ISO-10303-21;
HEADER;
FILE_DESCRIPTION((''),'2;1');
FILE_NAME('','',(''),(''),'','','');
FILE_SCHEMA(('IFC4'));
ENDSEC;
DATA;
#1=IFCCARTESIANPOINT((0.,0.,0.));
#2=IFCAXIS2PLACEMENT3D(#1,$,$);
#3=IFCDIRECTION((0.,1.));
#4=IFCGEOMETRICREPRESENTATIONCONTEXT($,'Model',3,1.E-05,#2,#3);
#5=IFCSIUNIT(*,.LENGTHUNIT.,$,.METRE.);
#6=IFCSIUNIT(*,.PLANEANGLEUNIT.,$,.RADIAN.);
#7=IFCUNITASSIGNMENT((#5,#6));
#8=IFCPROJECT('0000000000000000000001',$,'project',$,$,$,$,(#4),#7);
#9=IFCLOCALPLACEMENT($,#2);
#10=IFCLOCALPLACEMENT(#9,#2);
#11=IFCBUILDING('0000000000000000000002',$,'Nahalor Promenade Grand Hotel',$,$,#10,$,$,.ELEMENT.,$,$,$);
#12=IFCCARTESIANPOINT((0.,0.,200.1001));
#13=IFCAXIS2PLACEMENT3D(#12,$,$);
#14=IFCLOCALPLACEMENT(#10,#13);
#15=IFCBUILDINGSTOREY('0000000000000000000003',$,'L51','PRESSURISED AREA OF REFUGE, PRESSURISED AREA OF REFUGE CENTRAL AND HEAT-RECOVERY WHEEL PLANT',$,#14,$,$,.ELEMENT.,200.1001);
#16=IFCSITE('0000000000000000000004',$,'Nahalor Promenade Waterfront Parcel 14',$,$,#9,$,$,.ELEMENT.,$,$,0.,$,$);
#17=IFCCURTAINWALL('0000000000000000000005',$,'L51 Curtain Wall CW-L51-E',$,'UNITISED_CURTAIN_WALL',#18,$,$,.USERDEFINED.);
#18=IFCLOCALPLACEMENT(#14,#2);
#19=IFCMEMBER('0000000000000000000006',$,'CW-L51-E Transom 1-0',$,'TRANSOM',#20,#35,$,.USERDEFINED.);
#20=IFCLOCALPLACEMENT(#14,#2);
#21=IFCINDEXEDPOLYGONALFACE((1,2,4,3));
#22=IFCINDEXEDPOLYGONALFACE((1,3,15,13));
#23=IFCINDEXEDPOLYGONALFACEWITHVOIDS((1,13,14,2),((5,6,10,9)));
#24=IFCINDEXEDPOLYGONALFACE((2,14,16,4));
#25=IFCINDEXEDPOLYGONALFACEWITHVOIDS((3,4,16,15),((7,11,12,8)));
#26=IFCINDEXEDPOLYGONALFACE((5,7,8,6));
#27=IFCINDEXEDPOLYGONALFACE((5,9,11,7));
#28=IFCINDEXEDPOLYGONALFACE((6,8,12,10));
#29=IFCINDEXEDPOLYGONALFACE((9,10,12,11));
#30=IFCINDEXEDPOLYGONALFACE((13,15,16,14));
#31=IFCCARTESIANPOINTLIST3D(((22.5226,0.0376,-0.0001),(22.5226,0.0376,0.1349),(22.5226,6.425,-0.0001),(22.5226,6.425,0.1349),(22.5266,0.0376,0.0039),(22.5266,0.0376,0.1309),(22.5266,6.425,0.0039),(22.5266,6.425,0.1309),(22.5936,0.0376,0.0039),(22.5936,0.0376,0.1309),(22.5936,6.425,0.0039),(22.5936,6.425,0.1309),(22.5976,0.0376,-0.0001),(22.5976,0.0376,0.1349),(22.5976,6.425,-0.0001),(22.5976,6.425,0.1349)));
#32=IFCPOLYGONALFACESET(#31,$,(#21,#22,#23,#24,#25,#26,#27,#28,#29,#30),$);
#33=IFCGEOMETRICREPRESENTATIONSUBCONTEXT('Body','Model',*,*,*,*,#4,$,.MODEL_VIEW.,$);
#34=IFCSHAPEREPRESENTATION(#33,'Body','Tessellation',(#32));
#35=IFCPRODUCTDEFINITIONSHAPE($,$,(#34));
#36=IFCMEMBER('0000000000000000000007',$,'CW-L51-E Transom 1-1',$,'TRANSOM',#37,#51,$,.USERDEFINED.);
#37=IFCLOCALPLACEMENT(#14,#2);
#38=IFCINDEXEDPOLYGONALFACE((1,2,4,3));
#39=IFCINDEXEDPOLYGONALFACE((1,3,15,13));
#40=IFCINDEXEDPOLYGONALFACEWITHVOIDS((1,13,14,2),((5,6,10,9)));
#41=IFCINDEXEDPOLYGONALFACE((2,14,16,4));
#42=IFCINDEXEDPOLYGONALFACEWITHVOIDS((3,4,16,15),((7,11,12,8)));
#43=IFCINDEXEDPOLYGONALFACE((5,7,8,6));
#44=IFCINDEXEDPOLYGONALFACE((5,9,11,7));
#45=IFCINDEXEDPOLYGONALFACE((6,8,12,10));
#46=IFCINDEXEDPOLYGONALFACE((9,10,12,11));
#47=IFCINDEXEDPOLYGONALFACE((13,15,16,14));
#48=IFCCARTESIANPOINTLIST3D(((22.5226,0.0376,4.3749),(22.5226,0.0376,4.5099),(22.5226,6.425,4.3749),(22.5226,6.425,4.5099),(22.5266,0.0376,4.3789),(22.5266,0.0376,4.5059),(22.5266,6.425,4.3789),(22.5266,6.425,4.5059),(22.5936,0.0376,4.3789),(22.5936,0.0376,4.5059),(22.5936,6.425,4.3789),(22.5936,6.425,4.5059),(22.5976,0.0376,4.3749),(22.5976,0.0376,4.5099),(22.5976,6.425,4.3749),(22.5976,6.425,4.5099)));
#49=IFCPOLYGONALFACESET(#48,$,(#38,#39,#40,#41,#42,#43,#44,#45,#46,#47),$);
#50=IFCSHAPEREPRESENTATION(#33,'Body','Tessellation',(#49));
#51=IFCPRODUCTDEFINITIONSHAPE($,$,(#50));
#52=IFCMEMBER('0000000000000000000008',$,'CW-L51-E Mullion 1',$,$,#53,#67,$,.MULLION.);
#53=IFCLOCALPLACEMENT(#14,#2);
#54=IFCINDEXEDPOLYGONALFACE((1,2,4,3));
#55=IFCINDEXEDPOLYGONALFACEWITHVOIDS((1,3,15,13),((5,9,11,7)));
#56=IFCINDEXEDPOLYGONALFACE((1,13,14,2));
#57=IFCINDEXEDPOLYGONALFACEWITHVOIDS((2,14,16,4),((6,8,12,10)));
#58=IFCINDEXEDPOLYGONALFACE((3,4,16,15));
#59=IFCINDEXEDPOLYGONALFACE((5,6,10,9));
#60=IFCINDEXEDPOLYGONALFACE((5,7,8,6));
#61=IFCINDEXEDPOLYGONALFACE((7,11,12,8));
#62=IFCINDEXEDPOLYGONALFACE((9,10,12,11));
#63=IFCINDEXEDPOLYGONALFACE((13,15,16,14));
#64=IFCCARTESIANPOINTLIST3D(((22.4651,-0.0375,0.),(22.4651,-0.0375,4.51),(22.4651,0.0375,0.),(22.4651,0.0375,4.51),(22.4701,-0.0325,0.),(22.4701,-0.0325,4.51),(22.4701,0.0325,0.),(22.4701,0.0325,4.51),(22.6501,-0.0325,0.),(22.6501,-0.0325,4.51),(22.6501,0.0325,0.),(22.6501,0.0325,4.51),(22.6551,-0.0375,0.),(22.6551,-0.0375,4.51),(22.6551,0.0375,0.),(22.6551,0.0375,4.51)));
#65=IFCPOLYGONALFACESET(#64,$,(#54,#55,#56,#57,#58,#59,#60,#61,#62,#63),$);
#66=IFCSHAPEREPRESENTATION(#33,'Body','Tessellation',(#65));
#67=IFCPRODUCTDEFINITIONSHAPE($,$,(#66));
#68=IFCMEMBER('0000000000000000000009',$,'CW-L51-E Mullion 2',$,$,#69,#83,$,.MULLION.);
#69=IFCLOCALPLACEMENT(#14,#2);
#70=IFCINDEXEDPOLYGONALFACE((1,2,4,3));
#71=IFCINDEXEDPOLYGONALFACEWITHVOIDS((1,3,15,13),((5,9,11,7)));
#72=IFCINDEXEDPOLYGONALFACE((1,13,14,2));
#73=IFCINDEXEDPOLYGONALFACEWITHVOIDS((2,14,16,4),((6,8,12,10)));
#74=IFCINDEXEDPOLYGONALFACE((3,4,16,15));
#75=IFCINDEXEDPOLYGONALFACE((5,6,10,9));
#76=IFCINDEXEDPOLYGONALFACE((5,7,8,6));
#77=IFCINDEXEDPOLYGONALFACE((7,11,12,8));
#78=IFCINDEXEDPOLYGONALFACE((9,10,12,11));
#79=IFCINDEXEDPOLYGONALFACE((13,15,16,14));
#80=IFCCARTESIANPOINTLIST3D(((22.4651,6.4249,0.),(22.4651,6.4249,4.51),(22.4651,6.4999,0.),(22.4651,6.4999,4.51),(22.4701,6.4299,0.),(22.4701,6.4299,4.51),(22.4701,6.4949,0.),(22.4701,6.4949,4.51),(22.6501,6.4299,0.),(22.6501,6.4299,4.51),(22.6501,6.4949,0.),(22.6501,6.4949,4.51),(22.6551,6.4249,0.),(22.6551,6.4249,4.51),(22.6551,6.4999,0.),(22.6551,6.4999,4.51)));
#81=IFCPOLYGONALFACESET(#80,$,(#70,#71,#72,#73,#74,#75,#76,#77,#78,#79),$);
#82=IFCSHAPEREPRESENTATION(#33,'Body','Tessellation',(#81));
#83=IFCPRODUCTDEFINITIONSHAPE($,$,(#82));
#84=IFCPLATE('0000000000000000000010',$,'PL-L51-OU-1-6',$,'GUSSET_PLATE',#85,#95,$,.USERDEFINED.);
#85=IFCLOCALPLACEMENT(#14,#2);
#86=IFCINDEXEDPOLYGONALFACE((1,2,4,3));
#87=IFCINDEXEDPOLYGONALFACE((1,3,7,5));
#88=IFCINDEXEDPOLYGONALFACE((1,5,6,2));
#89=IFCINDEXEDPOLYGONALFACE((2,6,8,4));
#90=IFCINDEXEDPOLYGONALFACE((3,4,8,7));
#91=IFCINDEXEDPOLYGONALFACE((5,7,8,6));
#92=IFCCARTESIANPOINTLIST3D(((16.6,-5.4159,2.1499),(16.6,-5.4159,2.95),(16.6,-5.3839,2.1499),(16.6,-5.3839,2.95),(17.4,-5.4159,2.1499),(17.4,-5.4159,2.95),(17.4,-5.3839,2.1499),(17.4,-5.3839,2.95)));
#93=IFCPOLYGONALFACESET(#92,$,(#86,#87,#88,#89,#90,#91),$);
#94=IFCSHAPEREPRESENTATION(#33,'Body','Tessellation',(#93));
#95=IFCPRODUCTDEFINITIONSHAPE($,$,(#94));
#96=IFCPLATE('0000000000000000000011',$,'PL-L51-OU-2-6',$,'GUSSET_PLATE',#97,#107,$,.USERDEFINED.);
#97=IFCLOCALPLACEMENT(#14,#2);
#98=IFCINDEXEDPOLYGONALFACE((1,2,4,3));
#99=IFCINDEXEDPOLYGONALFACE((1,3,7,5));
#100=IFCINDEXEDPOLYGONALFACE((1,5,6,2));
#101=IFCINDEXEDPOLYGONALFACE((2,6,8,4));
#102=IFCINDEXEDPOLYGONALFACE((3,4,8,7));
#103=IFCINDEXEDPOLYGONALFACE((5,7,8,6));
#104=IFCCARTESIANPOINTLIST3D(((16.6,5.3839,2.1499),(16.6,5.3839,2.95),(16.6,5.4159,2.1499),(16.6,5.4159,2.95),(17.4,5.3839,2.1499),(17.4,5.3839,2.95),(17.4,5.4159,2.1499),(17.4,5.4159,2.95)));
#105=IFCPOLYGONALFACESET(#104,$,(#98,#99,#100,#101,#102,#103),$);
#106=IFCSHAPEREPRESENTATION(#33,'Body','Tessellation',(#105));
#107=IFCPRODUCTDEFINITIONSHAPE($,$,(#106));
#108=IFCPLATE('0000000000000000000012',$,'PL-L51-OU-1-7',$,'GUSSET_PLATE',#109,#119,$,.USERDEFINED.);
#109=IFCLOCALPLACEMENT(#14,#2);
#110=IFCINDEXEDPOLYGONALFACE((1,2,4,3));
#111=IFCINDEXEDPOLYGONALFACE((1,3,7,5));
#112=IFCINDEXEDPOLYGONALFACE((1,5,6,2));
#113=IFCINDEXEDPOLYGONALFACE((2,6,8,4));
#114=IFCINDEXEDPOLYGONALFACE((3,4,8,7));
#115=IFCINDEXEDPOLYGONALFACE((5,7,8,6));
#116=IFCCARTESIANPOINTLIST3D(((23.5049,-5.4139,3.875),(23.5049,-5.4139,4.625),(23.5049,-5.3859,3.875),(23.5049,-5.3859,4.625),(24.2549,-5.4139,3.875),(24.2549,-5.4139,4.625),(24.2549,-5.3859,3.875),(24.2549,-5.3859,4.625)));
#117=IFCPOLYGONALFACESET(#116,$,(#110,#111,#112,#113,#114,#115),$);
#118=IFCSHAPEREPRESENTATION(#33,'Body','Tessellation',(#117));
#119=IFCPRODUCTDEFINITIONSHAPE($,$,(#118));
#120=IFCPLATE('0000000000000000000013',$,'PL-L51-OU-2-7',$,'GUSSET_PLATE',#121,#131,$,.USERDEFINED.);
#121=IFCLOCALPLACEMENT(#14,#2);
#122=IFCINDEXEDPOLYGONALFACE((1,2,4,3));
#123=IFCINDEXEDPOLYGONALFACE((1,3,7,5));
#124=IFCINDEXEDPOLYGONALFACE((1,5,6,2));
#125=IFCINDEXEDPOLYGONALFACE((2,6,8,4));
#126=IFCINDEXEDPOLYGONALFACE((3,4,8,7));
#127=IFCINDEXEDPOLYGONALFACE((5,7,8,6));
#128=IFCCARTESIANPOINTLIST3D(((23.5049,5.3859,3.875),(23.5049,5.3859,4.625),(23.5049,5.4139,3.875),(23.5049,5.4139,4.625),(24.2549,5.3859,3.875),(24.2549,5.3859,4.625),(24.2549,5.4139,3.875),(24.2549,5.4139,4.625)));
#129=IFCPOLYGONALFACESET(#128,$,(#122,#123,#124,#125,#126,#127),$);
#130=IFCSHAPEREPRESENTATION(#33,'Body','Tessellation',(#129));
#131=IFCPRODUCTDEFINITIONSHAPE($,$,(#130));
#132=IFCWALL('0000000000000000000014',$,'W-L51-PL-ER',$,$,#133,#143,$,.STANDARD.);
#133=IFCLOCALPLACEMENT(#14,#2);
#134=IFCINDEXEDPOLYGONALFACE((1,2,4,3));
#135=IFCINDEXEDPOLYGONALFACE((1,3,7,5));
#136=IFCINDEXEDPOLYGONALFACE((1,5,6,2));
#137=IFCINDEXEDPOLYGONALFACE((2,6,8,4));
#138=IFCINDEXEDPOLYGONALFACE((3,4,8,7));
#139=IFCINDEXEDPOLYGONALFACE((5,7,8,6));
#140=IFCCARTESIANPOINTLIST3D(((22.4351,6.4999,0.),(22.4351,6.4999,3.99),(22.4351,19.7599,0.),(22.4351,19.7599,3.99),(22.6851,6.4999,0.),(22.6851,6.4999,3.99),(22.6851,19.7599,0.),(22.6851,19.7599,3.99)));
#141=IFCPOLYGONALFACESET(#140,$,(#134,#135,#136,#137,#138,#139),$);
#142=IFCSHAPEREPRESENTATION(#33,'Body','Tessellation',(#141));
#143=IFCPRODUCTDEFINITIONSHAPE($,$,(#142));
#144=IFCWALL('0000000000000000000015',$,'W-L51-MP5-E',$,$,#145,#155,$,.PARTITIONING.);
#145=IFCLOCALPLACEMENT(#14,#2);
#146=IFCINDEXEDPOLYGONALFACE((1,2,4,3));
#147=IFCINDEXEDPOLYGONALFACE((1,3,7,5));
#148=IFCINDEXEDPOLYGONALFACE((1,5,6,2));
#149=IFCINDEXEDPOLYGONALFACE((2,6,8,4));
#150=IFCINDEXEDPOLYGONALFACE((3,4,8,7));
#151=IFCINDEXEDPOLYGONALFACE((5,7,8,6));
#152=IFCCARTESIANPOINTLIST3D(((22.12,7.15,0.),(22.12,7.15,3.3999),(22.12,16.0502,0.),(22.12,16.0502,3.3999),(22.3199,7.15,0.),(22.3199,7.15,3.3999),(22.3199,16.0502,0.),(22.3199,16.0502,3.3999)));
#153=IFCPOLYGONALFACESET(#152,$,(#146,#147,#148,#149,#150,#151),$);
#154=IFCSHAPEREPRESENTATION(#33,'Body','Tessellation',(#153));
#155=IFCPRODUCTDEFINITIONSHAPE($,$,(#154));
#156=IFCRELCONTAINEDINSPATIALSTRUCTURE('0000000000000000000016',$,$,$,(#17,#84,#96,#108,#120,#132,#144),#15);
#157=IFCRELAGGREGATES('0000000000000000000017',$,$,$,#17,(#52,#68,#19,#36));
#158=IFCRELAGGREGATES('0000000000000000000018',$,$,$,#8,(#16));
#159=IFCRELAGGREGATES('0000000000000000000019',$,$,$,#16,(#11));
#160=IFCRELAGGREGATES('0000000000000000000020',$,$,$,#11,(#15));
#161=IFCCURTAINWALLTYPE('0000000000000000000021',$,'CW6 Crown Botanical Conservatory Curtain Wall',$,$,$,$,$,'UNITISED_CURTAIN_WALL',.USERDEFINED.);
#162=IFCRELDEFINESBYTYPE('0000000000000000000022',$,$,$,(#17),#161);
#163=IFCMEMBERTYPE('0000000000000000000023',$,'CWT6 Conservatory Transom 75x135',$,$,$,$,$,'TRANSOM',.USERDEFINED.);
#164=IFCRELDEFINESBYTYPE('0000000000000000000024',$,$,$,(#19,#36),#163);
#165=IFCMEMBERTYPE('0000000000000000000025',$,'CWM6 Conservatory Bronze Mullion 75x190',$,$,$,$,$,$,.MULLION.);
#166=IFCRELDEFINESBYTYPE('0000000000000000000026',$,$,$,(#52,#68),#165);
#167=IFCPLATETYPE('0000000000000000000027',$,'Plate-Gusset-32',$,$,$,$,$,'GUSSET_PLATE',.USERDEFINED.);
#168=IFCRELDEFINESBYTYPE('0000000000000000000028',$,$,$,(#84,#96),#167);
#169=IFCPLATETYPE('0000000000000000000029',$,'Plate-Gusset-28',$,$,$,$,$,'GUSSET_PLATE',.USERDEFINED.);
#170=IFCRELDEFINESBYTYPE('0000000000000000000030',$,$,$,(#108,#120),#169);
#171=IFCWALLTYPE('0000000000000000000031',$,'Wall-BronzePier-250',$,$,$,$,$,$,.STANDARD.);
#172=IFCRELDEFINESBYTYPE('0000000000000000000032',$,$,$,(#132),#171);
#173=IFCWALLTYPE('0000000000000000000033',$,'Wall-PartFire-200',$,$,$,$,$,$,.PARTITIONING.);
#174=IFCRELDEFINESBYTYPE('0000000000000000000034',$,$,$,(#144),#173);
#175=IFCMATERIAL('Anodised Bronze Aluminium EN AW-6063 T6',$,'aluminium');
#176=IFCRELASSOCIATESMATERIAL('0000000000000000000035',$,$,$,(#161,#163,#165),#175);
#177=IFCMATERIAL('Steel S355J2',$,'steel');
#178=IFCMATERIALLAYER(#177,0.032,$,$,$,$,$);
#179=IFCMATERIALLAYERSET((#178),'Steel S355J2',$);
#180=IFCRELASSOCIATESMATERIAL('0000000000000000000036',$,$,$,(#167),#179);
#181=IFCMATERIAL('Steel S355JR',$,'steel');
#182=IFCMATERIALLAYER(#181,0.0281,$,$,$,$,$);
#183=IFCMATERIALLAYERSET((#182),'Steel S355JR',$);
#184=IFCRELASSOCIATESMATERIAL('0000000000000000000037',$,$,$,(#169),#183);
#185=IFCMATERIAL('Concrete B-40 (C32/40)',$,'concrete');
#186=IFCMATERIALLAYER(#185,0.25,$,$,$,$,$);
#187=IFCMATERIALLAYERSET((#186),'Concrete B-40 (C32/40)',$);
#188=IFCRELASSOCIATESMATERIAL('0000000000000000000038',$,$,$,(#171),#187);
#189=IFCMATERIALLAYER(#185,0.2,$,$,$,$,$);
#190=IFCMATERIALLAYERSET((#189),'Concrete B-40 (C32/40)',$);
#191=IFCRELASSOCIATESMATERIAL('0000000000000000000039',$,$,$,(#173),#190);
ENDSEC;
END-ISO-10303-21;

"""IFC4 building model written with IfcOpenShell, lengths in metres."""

from ifc_helpers import new_model, si_unit, direction, frame, frame_2d, origin, origin_2d, place, context, subcontext, project, spatial, rectangle, hollow_rectangle, extrude, source, transform, mapped, material, layer, layer_set, material_profile, profile_set, type_object, element, aggregate, save


model = new_model("IFC4")

# Units and contexts
model_context = context("Model", 3, precision=1e-05, world=origin(), true_north=direction((0.0, 1.0)))
body_context = subcontext(model_context, "Body", "Model", "MODEL_VIEW")
ifc_project = project(units=[si_unit("LENGTHUNIT", "METRE"), si_unit("PLANEANGLEUNIT", "RADIAN")], contexts=[model_context])

# Site, building, storey
site_placement = place(None, origin())
site = spatial("IfcSite", under=ifc_project, at=site_placement, Name="Nahalor Promenade Waterfront Parcel 14", CompositionType="ELEMENT", RefElevation=0.0)
building_placement = place(site_placement, origin())
building = spatial("IfcBuilding", under=site, at=building_placement, Name="Nahalor Promenade Grand Hotel", CompositionType="ELEMENT")
storey_placement = place(building_placement, frame((0.0, 0.0, 200.1001)))
storey = spatial("IfcBuildingStorey", under=building, at=storey_placement, Name="L51", Description="PRESSURISED AREA OF REFUGE, PRESSURISED AREA OF REFUGE CENTRAL AND HEAT-RECOVERY WHEEL PLANT", CompositionType="ELEMENT", Elevation=200.1001)

# Shared definitions
ifc_material_1 = material(Name="Steel S355J2", Category="steel")

# Shared definitions
ifc_material_2 = material(Name="Steel S355JR", Category="steel")

# Curtain wall, members
ifc_material_3 = material(Name="Anodised Bronze Aluminium EN AW-6063 T6", Category="aluminium")
curtain_wall_type = type_object("IfcCurtainWallType", Name="CW6 Crown Botanical Conservatory Curtain Wall", ElementType="UNITISED_CURTAIN_WALL", PredefinedType="USERDEFINED", material=ifc_material_3)
curtain_wall_placement = place(storey_placement, origin())
curtain_wall = element("IfcCurtainWall", 1, at=curtain_wall_placement, inside=storey, type_object=curtain_wall_type, Name="L51 Curtain Wall CW-L51-E", ObjectType="UNITISED_CURTAIN_WALL", PredefinedType="USERDEFINED")
ifc_material_profile_1 = material_profile(ifc_material_3, hollow_rectangle(XDim=0.075, YDim=0.135, WallThickness=0.004, at=origin_2d()), Name="CWT 75x135x4")
ifc_profile_set_1 = profile_set([ifc_material_profile_1], Name="Anodised Bronze Aluminium EN AW-6063 T6")
member_type_1 = type_object("IfcMemberType", Name="CWT6 Conservatory Transom 75x135", ElementType="TRANSOM", PredefinedType="USERDEFINED", material=ifc_profile_set_1)
shared_shape_1 = source(origin(), body_context, "Body", "SweptSolid", [
    extrude(hollow_rectangle(XDim=0.075, YDim=0.135, WallThickness=0.004, at=origin_2d()), origin(), (0.0, 0.0, 1.0), 6.3875),
])
member_1_placement = place(storey_placement, frame((22.5601, 0.0376, 0.0674), z_axis=(0.0, 1.0, 0.0), x_axis=(-1.0, 0.0, 0.0)))
member_1 = element("IfcMember", 2, at=member_1_placement, type_object=member_type_1, Name="CW-L51-E Transom 1-0", ObjectType="TRANSOM", PredefinedType="USERDEFINED", context=body_context, shape_type="MappedRepresentation", body=[
    mapped(shared_shape_1, transform((0.0, 0.0, 0.0), scale=1.0)),
])
member_2_placement = place(storey_placement, frame((22.5601, 0.0376, 4.4424), z_axis=(0.0, 1.0, 0.0), x_axis=(-1.0, 0.0, 0.0)))
member_2 = element("IfcMember", 3, at=member_2_placement, type_object=member_type_1, Name="CW-L51-E Transom 1-1", ObjectType="TRANSOM", PredefinedType="USERDEFINED", context=body_context, shape_type="MappedRepresentation", body=[
    mapped(shared_shape_1, transform((0.0, 0.0, 0.0), scale=1.0)),
])
ifc_material_profile_2 = material_profile(ifc_material_3, hollow_rectangle(XDim=0.075, YDim=0.19, WallThickness=0.005, at=origin_2d()), Name="CWM 75x190x5")
ifc_profile_set_2 = profile_set([ifc_material_profile_2], Name="Anodised Bronze Aluminium EN AW-6063 T6")
member_type_2 = type_object("IfcMemberType", Name="CWM6 Conservatory Bronze Mullion 75x190", PredefinedType="MULLION", material=ifc_profile_set_2)
shared_shape_2 = source(origin(), body_context, "Body", "SweptSolid", [
    extrude(hollow_rectangle(XDim=0.075, YDim=0.19, WallThickness=0.005, at=origin_2d()), origin(), (0.0, 0.0, 1.0), 4.51),
])
member_3_placement = place(storey_placement, frame((22.5601, 0.0, 0.0), z_axis=(0.0, 0.0, 1.0), x_axis=(0.0, 1.0, 0.0)))
member_3 = element("IfcMember", 4, at=member_3_placement, type_object=member_type_2, Name="CW-L51-E Mullion 1", PredefinedType="MULLION", context=body_context, shape_type="MappedRepresentation", body=[
    mapped(shared_shape_2, transform((0.0, 0.0, 0.0), scale=1.0)),
])
member_4_placement = place(storey_placement, frame((22.5601, 6.4624, 0.0), z_axis=(0.0, 0.0, 1.0), x_axis=(0.0, 1.0, 0.0)))
member_4 = element("IfcMember", 5, at=member_4_placement, type_object=member_type_2, Name="CW-L51-E Mullion 2", PredefinedType="MULLION", context=body_context, shape_type="MappedRepresentation", body=[
    mapped(shared_shape_2, transform((0.0, 0.0, 0.0), scale=1.0)),
])
aggregate(curtain_wall, [member_3, member_4, member_1, member_2])

# Plates
ifc_layer_1 = layer(ifc_material_1, 0.032)
ifc_layer_set_1 = layer_set([ifc_layer_1], Name="Steel S355J2")
plate_type_1 = type_object("IfcPlateType", Name="Plate-Gusset-32", ElementType="GUSSET_PLATE", PredefinedType="USERDEFINED", material=ifc_layer_set_1)
shared_shape_3 = source(origin(), body_context, "Body", "SweptSolid", [
    extrude(rectangle(XDim=0.8, YDim=0.032, at=origin_2d()), origin(), (0.0, 0.0, 1.0), 0.8),
])
for number, where, z_axis, x_axis, name in (
    (6, (17.0, -5.3999, 2.1499), (0.0, 0.0, 1.0), (1.0, 0.0, 0.0), "PL-L51-OU-1-6"),
    (7, (17.0, 5.3999, 2.1499), (0.0, 0.0, 1.0), (1.0, 0.0, 0.0), "PL-L51-OU-2-6"),
):
    element("IfcPlate", number, at=place(storey_placement, frame(where, z_axis=z_axis, x_axis=x_axis)), inside=storey, type_object=plate_type_1, Name=name, ObjectType="GUSSET_PLATE", PredefinedType="USERDEFINED", context=body_context, shape_type="MappedRepresentation", body=[
        mapped(shared_shape_3, transform((0.0, 0.0, 0.0), scale=1.0)),
    ])
ifc_layer_2 = layer(ifc_material_2, 0.0281)
ifc_layer_set_2 = layer_set([ifc_layer_2], Name="Steel S355JR")
plate_type_2 = type_object("IfcPlateType", Name="Plate-Gusset-28", ElementType="GUSSET_PLATE", PredefinedType="USERDEFINED", material=ifc_layer_set_2)
shared_shape_4 = source(origin(), body_context, "Body", "SweptSolid", [
    extrude(rectangle(XDim=0.75, YDim=0.0281, at=origin_2d()), origin(), (0.0, 0.0, 1.0), 0.75),
])
for number, where, z_axis, x_axis, name in (
    (8, (23.8799, -5.3999, 3.875), (0.0, 0.0, 1.0), (1.0, 0.0, 0.0), "PL-L51-OU-1-7"),
    (9, (23.8799, 5.3999, 3.875), (0.0, 0.0, 1.0), (1.0, 0.0, 0.0), "PL-L51-OU-2-7"),
):
    element("IfcPlate", number, at=place(storey_placement, frame(where, z_axis=z_axis, x_axis=x_axis)), inside=storey, type_object=plate_type_2, Name=name, ObjectType="GUSSET_PLATE", PredefinedType="USERDEFINED", context=body_context, shape_type="MappedRepresentation", body=[
        mapped(shared_shape_4, transform((0.0, 0.0, 0.0), scale=1.0)),
    ])

# Walls
ifc_material_4 = material(Name="Concrete B-40 (C32/40)", Category="concrete")
ifc_layer_3 = layer(ifc_material_4, 0.25)
ifc_layer_set_3 = layer_set([ifc_layer_3], Name="Concrete B-40 (C32/40)")
wall_type_1 = type_object("IfcWallType", Name="Wall-BronzePier-250", PredefinedType="STANDARD", material=ifc_layer_set_3)
shared_shape_5 = source(origin(), body_context, "Body", "SweptSolid", [
    extrude(rectangle(XDim=13.26, YDim=0.25, at=frame_2d((6.6299, 0.0))), origin(), (0.0, 0.0, 1.0), 3.99),
])
wall_1_placement = place(storey_placement, frame((22.5601, 6.5, 0.0), z_axis=(0.0, 0.0, 1.0), x_axis=(0.0, 1.0, 0.0)))
element("IfcWall", 10, at=wall_1_placement, inside=storey, type_object=wall_type_1, Name="W-L51-PL-ER", PredefinedType="STANDARD", context=body_context, shape_type="MappedRepresentation", body=[
    mapped(shared_shape_5, transform((0.0, 0.0, 0.0), scale=1.0)),
])
ifc_layer_4 = layer(ifc_material_4, 0.2)
ifc_layer_set_4 = layer_set([ifc_layer_4], Name="Concrete B-40 (C32/40)")
wall_type_2 = type_object("IfcWallType", Name="Wall-PartFire-200", PredefinedType="PARTITIONING", material=ifc_layer_set_4)
shared_shape_6 = source(origin(), body_context, "Body", "SweptSolid", [
    extrude(rectangle(XDim=8.9001, YDim=0.2, at=frame_2d((4.4502, 0.0))), origin(), (0.0, 0.0, 1.0), 3.3999),
])
wall_2_placement = place(storey_placement, frame((22.22, 7.1499, 0.0), z_axis=(0.0, 0.0, 1.0), x_axis=(0.0, 1.0, 0.0)))
element("IfcWall", 11, at=wall_2_placement, inside=storey, type_object=wall_type_2, Name="W-L51-MP5-E", PredefinedType="PARTITIONING", context=body_context, shape_type="MappedRepresentation", body=[
    mapped(shared_shape_6, transform((0.0, 0.0, 0.0), scale=1.0)),
])

save(model, "model.ifc")
